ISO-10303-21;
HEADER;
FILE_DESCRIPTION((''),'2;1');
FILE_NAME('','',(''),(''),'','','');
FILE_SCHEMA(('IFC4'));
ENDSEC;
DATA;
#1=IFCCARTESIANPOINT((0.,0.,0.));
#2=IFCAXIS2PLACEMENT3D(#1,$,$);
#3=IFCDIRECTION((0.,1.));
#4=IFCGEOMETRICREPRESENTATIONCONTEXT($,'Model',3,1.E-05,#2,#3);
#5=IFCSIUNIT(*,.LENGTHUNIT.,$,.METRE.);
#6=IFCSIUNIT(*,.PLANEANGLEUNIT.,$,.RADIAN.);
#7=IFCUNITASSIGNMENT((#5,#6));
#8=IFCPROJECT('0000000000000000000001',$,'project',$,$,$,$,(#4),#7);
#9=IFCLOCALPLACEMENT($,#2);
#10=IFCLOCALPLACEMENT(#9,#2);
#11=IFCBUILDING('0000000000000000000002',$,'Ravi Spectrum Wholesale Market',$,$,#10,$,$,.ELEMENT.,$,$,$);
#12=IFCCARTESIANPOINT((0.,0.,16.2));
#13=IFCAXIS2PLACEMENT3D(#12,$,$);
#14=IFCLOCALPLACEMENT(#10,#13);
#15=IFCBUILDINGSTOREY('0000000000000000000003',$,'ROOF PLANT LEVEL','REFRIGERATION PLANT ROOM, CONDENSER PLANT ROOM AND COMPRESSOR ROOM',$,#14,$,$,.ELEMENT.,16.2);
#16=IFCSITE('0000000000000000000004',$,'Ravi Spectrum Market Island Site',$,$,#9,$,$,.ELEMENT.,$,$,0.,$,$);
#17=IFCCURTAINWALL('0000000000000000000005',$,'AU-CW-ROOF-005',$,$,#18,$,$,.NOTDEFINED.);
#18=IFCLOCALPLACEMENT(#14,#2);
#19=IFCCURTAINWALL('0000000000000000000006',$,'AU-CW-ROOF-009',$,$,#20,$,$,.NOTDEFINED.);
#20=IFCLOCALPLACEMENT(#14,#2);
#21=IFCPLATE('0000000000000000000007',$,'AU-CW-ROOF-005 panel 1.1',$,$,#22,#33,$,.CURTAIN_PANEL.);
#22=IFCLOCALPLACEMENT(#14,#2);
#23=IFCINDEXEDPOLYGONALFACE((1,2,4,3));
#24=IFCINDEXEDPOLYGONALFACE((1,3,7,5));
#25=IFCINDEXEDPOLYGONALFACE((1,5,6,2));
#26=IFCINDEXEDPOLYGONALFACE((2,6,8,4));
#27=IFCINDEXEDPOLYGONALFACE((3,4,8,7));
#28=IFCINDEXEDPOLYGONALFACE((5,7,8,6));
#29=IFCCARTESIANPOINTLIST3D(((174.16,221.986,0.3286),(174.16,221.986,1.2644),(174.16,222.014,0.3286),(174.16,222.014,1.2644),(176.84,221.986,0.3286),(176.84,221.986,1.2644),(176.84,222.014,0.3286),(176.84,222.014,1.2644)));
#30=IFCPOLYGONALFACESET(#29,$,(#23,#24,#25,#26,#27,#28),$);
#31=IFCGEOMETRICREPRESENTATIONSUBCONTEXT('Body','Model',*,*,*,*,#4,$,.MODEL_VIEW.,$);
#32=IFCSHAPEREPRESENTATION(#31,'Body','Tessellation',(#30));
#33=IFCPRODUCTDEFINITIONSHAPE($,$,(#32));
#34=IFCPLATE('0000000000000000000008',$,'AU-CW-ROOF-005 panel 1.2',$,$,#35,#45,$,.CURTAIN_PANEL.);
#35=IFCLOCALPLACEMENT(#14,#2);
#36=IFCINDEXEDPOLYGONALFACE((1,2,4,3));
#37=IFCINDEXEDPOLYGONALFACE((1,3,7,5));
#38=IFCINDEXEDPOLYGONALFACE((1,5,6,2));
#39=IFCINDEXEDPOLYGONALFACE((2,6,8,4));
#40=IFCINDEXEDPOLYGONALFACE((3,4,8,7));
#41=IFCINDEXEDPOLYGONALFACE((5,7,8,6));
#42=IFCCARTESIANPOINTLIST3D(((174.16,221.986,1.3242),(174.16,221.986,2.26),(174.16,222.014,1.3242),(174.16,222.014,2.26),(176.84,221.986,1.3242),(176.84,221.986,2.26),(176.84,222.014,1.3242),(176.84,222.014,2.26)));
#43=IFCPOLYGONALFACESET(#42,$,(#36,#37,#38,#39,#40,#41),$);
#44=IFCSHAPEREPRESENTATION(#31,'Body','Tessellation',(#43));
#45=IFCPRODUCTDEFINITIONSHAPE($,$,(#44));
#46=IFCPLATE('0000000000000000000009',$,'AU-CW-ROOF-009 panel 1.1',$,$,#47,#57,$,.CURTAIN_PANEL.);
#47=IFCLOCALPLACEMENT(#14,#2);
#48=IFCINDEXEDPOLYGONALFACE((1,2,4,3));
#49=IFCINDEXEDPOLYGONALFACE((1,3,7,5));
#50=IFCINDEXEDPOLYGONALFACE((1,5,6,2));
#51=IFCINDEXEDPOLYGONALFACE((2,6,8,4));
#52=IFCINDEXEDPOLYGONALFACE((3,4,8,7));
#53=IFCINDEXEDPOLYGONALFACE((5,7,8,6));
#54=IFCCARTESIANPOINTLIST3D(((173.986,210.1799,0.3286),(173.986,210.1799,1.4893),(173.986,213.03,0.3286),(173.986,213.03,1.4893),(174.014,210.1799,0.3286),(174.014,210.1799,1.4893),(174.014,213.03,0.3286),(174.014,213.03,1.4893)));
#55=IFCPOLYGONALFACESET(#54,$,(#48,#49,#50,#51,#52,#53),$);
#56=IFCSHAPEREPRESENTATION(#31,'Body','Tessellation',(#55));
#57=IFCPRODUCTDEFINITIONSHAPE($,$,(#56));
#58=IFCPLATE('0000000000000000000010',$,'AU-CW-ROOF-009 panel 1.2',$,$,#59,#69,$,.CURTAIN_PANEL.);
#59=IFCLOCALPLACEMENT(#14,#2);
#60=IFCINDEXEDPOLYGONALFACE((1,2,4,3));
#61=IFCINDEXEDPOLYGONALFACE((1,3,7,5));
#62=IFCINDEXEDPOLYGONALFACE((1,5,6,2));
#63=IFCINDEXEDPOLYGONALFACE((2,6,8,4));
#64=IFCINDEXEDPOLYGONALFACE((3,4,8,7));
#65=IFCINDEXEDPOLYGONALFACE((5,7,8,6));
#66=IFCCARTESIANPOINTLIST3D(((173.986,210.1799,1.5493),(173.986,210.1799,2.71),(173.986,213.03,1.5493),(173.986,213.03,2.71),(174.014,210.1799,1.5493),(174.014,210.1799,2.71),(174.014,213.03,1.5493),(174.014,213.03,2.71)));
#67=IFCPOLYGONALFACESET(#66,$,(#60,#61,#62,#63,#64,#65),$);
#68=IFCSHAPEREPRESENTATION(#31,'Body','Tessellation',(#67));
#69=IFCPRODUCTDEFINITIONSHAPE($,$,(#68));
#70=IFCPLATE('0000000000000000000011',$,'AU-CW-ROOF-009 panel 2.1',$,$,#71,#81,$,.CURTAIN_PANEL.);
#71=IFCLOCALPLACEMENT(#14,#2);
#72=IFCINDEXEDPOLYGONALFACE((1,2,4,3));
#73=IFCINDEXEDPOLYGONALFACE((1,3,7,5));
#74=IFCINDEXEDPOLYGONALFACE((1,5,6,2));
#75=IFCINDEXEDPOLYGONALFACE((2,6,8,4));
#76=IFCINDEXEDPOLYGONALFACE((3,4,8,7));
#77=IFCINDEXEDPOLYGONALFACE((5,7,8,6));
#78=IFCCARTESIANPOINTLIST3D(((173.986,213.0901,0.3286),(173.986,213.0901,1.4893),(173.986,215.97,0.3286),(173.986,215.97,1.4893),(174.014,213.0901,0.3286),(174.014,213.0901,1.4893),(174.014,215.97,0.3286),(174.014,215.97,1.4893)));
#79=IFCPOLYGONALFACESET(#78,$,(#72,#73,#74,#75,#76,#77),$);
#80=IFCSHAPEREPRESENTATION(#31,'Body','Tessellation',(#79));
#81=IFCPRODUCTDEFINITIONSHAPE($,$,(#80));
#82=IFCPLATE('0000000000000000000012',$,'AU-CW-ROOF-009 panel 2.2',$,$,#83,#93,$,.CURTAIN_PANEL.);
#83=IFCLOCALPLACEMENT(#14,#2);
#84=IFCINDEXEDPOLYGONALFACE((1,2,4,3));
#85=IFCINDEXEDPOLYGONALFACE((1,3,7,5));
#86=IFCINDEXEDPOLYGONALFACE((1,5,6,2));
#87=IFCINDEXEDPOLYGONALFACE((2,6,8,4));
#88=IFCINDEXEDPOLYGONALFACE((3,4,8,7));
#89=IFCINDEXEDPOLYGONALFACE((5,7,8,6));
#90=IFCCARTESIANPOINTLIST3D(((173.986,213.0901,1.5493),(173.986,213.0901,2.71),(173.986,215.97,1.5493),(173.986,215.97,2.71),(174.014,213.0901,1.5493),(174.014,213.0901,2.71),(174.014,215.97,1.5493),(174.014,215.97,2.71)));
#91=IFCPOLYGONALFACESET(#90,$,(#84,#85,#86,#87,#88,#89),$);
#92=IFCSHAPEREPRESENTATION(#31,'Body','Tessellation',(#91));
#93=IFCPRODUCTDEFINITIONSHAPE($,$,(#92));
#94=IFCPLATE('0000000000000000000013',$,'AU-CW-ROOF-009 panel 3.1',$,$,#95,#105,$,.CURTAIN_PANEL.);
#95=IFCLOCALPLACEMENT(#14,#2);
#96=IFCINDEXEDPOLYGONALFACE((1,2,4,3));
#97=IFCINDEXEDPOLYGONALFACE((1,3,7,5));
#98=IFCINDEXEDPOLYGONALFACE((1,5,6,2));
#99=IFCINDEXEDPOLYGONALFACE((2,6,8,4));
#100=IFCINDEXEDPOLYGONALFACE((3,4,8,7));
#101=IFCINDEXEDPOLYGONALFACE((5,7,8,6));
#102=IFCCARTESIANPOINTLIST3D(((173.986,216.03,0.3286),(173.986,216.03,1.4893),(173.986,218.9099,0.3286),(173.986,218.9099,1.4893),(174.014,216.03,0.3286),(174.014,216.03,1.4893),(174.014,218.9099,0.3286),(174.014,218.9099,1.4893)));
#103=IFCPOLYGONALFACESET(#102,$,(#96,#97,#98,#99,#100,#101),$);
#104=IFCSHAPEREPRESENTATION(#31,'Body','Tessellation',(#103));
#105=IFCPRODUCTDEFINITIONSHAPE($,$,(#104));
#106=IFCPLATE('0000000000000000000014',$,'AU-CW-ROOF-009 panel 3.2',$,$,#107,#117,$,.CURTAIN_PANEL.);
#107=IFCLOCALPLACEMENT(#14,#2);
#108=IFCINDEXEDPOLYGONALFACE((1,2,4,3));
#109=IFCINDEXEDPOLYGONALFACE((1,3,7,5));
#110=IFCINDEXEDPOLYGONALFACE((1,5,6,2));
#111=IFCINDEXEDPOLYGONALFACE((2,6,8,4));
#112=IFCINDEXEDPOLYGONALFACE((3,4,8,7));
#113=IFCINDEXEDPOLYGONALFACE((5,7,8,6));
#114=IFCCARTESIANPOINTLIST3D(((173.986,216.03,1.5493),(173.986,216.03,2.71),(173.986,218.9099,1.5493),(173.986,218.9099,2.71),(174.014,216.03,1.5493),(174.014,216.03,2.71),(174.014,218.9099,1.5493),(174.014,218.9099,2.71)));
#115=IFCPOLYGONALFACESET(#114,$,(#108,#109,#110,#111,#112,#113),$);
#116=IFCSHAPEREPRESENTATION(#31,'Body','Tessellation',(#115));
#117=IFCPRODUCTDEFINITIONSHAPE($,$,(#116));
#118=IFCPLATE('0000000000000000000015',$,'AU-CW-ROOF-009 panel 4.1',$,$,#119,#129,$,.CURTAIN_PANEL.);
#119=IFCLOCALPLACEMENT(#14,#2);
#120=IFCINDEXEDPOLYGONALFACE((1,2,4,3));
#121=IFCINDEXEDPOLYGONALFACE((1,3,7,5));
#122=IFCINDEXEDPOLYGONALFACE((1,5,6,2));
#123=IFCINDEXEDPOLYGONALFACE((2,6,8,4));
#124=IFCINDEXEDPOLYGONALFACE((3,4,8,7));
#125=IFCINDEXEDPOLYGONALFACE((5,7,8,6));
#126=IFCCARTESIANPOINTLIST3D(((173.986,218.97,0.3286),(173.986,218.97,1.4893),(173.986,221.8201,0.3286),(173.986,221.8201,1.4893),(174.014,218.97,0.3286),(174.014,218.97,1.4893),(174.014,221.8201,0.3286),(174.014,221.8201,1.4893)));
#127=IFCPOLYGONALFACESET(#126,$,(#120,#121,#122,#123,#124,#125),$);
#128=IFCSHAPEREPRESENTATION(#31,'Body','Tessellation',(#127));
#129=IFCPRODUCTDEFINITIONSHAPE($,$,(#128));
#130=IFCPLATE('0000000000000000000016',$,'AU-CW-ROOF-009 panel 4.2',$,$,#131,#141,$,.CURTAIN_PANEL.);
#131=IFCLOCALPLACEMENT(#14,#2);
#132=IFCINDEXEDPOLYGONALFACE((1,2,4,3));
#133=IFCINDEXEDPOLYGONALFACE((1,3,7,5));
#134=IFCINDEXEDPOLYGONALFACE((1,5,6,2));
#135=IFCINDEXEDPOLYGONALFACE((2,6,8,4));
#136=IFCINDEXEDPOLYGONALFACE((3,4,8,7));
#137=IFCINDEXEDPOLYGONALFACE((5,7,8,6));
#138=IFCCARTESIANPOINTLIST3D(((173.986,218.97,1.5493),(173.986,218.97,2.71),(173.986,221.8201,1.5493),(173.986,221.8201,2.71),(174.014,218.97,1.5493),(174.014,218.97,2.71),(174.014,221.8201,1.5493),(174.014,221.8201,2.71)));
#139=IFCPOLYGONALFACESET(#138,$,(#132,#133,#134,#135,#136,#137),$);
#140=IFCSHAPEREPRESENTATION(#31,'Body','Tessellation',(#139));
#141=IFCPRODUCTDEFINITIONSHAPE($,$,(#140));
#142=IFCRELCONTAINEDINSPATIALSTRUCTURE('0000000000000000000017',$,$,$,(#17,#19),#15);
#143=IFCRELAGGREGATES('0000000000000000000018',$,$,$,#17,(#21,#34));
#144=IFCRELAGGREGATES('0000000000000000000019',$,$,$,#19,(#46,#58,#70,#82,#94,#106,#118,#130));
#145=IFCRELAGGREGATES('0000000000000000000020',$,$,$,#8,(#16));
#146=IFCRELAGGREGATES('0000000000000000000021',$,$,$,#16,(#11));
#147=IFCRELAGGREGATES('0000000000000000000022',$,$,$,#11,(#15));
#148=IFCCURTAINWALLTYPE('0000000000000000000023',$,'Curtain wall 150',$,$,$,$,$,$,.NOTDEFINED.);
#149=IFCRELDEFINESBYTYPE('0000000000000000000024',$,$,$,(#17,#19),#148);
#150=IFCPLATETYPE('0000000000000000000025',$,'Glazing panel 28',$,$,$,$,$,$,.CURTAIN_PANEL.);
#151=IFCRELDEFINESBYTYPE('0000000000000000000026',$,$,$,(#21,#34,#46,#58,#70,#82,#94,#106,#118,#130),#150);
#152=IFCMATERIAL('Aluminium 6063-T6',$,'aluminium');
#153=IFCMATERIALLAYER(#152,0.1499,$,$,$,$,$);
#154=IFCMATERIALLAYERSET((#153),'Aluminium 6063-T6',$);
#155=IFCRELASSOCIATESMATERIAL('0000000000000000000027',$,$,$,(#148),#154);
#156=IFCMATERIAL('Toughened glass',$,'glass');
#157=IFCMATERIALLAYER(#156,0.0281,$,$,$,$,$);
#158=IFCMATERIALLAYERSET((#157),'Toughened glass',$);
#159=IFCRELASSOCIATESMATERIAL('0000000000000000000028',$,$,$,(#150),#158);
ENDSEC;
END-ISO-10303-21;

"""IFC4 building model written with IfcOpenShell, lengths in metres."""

from ifc_helpers import new_model, si_unit, direction, frame, origin, origin_2d, place, context, subcontext, project, spatial, rectangle, extrude, material, layer, layer_set, type_object, element, aggregate, save


model = new_model("IFC4")

# Units and contexts
model_context = context("Model", 3, precision=1e-05, world=origin(), true_north=direction((0.0, 1.0)))
body_context = subcontext(model_context, "Body", "Model", "MODEL_VIEW")
ifc_project = project(units=[si_unit("LENGTHUNIT", "METRE"), si_unit("PLANEANGLEUNIT", "RADIAN")], contexts=[model_context])

# Site, building, storey
site_placement = place(None, origin())
site = spatial("IfcSite", under=ifc_project, at=site_placement, Name="Ravi Spectrum Market Island Site", CompositionType="ELEMENT", RefElevation=0.0)
building_placement = place(site_placement, origin())
building = spatial("IfcBuilding", under=site, at=building_placement, Name="Ravi Spectrum Wholesale Market", CompositionType="ELEMENT")
storey_placement = place(building_placement, frame((0.0, 0.0, 16.2)))
storey = spatial("IfcBuildingStorey", under=building, at=storey_placement, Name="ROOF PLANT LEVEL", Description="REFRIGERATION PLANT ROOM, CONDENSER PLANT ROOM AND COMPRESSOR ROOM", CompositionType="ELEMENT", Elevation=16.2)

# Shared definitions
ifc_material_1 = material(Name="Aluminium 6063-T6", Category="aluminium")
ifc_layer_1 = layer(ifc_material_1, 0.1499)
ifc_layer_set_1 = layer_set([ifc_layer_1], Name="Aluminium 6063-T6")
curtain_wall_type = type_object("IfcCurtainWallType", Name="Curtain wall 150", PredefinedType="NOTDEFINED", material=ifc_layer_set_1)

# Curtain wall
curtain_wall_1_placement = place(storey_placement, origin())
curtain_wall_1 = element("IfcCurtainWall", 1, at=curtain_wall_1_placement, inside=storey, type_object=curtain_wall_type, Name="AU-CW-ROOF-005", PredefinedType="NOTDEFINED")

# Curtain wall
curtain_wall_2_placement = place(storey_placement, origin())
curtain_wall_2 = element("IfcCurtainWall", 2, at=curtain_wall_2_placement, inside=storey, type_object=curtain_wall_type, Name="AU-CW-ROOF-009", PredefinedType="NOTDEFINED")

# Plates
ifc_material_2 = material(Name="Toughened glass", Category="glass")
ifc_layer_2 = layer(ifc_material_2, 0.0281)
ifc_layer_set_2 = layer_set([ifc_layer_2], Name="Toughened glass")
plate_type = type_object("IfcPlateType", Name="Glazing panel 28", PredefinedType="CURTAIN_PANEL", material=ifc_layer_set_2)
plate_1_placement = place(storey_placement, frame((175.5, 222.0, 0.3286), z_axis=(0.0, 0.0, 1.0), x_axis=(1.0, 0.0, 0.0)))
plate_1 = element("IfcPlate", 3, at=plate_1_placement, type_object=plate_type, Name="AU-CW-ROOF-005 panel 1.1", PredefinedType="CURTAIN_PANEL", context=body_context, shape_type="SweptSolid", body=[
    extrude(rectangle(XDim=2.6799, YDim=0.0281, at=origin_2d()), origin(), (0.0, 0.0, 1.0), 0.9358),
])
plate_2_placement = place(storey_placement, frame((175.5, 222.0, 1.3242), z_axis=(0.0, 0.0, 1.0), x_axis=(1.0, 0.0, 0.0)))
plate_2 = element("IfcPlate", 4, at=plate_2_placement, type_object=plate_type, Name="AU-CW-ROOF-005 panel 1.2", PredefinedType="CURTAIN_PANEL", context=body_context, shape_type="SweptSolid", body=[
    extrude(rectangle(XDim=2.6799, YDim=0.0281, at=origin_2d()), origin(), (0.0, 0.0, 1.0), 0.9358),
])
aggregate(curtain_wall_1, [plate_1, plate_2])
plate_3_placement = place(storey_placement, frame((174.0, 211.605, 0.3286), z_axis=(0.0, 0.0, 1.0), x_axis=(0.0, 1.0, 0.0)))
plate_3 = element("IfcPlate", 5, at=plate_3_placement, type_object=plate_type, Name="AU-CW-ROOF-009 panel 1.1", PredefinedType="CURTAIN_PANEL", context=body_context, shape_type="SweptSolid", body=[
    extrude(rectangle(XDim=2.8501, YDim=0.0281, at=origin_2d()), origin(), (0.0, 0.0, 1.0), 1.1606),
])
plate_4_placement = place(storey_placement, frame((174.0, 211.605, 1.5493), z_axis=(0.0, 0.0, 1.0), x_axis=(0.0, 1.0, 0.0)))
plate_4 = element("IfcPlate", 6, at=plate_4_placement, type_object=plate_type, Name="AU-CW-ROOF-009 panel 1.2", PredefinedType="CURTAIN_PANEL", context=body_context, shape_type="SweptSolid", body=[
    extrude(rectangle(XDim=2.8501, YDim=0.0281, at=origin_2d()), origin(), (0.0, 0.0, 1.0), 1.1606),
])
plate_5_placement = place(storey_placement, frame((174.0, 214.53, 0.3286), z_axis=(0.0, 0.0, 1.0), x_axis=(0.0, 1.0, 0.0)))
plate_5 = element("IfcPlate", 7, at=plate_5_placement, type_object=plate_type, Name="AU-CW-ROOF-009 panel 2.1", PredefinedType="CURTAIN_PANEL", context=body_context, shape_type="SweptSolid", body=[
    extrude(rectangle(XDim=2.8799, YDim=0.0281, at=origin_2d()), origin(), (0.0, 0.0, 1.0), 1.1606),
])
plate_6_placement = place(storey_placement, frame((174.0, 214.53, 1.5493), z_axis=(0.0, 0.0, 1.0), x_axis=(0.0, 1.0, 0.0)))
plate_6 = element("IfcPlate", 8, at=plate_6_placement, type_object=plate_type, Name="AU-CW-ROOF-009 panel 2.2", PredefinedType="CURTAIN_PANEL", context=body_context, shape_type="SweptSolid", body=[
    extrude(rectangle(XDim=2.8799, YDim=0.0281, at=origin_2d()), origin(), (0.0, 0.0, 1.0), 1.1606),
])
plate_7_placement = place(storey_placement, frame((174.0, 217.47, 0.3286), z_axis=(0.0, 0.0, 1.0), x_axis=(0.0, 1.0, 0.0)))
plate_7 = element("IfcPlate", 9, at=plate_7_placement, type_object=plate_type, Name="AU-CW-ROOF-009 panel 3.1", PredefinedType="CURTAIN_PANEL", context=body_context, shape_type="SweptSolid", body=[
    extrude(rectangle(XDim=2.8799, YDim=0.0281, at=origin_2d()), origin(), (0.0, 0.0, 1.0), 1.1606),
])
plate_8_placement = place(storey_placement, frame((174.0, 217.47, 1.5493), z_axis=(0.0, 0.0, 1.0), x_axis=(0.0, 1.0, 0.0)))
plate_8 = element("IfcPlate", 10, at=plate_8_placement, type_object=plate_type, Name="AU-CW-ROOF-009 panel 3.2", PredefinedType="CURTAIN_PANEL", context=body_context, shape_type="SweptSolid", body=[
    extrude(rectangle(XDim=2.8799, YDim=0.0281, at=origin_2d()), origin(), (0.0, 0.0, 1.0), 1.1606),
])
plate_9_placement = place(storey_placement, frame((174.0, 220.395, 0.3286), z_axis=(0.0, 0.0, 1.0), x_axis=(0.0, 1.0, 0.0)))
plate_9 = element("IfcPlate", 11, at=plate_9_placement, type_object=plate_type, Name="AU-CW-ROOF-009 panel 4.1", PredefinedType="CURTAIN_PANEL", context=body_context, shape_type="SweptSolid", body=[
    extrude(rectangle(XDim=2.8501, YDim=0.0281, at=origin_2d()), origin(), (0.0, 0.0, 1.0), 1.1606),
])
plate_10_placement = place(storey_placement, frame((174.0, 220.395, 1.5493), z_axis=(0.0, 0.0, 1.0), x_axis=(0.0, 1.0, 0.0)))
plate_10 = element("IfcPlate", 12, at=plate_10_placement, type_object=plate_type, Name="AU-CW-ROOF-009 panel 4.2", PredefinedType="CURTAIN_PANEL", context=body_context, shape_type="SweptSolid", body=[
    extrude(rectangle(XDim=2.8501, YDim=0.0281, at=origin_2d()), origin(), (0.0, 0.0, 1.0), 1.1606),
])
aggregate(curtain_wall_2, [plate_3, plate_4, plate_5, plate_6, plate_7, plate_8, plate_9, plate_10])

save(model, "model.ifc")
